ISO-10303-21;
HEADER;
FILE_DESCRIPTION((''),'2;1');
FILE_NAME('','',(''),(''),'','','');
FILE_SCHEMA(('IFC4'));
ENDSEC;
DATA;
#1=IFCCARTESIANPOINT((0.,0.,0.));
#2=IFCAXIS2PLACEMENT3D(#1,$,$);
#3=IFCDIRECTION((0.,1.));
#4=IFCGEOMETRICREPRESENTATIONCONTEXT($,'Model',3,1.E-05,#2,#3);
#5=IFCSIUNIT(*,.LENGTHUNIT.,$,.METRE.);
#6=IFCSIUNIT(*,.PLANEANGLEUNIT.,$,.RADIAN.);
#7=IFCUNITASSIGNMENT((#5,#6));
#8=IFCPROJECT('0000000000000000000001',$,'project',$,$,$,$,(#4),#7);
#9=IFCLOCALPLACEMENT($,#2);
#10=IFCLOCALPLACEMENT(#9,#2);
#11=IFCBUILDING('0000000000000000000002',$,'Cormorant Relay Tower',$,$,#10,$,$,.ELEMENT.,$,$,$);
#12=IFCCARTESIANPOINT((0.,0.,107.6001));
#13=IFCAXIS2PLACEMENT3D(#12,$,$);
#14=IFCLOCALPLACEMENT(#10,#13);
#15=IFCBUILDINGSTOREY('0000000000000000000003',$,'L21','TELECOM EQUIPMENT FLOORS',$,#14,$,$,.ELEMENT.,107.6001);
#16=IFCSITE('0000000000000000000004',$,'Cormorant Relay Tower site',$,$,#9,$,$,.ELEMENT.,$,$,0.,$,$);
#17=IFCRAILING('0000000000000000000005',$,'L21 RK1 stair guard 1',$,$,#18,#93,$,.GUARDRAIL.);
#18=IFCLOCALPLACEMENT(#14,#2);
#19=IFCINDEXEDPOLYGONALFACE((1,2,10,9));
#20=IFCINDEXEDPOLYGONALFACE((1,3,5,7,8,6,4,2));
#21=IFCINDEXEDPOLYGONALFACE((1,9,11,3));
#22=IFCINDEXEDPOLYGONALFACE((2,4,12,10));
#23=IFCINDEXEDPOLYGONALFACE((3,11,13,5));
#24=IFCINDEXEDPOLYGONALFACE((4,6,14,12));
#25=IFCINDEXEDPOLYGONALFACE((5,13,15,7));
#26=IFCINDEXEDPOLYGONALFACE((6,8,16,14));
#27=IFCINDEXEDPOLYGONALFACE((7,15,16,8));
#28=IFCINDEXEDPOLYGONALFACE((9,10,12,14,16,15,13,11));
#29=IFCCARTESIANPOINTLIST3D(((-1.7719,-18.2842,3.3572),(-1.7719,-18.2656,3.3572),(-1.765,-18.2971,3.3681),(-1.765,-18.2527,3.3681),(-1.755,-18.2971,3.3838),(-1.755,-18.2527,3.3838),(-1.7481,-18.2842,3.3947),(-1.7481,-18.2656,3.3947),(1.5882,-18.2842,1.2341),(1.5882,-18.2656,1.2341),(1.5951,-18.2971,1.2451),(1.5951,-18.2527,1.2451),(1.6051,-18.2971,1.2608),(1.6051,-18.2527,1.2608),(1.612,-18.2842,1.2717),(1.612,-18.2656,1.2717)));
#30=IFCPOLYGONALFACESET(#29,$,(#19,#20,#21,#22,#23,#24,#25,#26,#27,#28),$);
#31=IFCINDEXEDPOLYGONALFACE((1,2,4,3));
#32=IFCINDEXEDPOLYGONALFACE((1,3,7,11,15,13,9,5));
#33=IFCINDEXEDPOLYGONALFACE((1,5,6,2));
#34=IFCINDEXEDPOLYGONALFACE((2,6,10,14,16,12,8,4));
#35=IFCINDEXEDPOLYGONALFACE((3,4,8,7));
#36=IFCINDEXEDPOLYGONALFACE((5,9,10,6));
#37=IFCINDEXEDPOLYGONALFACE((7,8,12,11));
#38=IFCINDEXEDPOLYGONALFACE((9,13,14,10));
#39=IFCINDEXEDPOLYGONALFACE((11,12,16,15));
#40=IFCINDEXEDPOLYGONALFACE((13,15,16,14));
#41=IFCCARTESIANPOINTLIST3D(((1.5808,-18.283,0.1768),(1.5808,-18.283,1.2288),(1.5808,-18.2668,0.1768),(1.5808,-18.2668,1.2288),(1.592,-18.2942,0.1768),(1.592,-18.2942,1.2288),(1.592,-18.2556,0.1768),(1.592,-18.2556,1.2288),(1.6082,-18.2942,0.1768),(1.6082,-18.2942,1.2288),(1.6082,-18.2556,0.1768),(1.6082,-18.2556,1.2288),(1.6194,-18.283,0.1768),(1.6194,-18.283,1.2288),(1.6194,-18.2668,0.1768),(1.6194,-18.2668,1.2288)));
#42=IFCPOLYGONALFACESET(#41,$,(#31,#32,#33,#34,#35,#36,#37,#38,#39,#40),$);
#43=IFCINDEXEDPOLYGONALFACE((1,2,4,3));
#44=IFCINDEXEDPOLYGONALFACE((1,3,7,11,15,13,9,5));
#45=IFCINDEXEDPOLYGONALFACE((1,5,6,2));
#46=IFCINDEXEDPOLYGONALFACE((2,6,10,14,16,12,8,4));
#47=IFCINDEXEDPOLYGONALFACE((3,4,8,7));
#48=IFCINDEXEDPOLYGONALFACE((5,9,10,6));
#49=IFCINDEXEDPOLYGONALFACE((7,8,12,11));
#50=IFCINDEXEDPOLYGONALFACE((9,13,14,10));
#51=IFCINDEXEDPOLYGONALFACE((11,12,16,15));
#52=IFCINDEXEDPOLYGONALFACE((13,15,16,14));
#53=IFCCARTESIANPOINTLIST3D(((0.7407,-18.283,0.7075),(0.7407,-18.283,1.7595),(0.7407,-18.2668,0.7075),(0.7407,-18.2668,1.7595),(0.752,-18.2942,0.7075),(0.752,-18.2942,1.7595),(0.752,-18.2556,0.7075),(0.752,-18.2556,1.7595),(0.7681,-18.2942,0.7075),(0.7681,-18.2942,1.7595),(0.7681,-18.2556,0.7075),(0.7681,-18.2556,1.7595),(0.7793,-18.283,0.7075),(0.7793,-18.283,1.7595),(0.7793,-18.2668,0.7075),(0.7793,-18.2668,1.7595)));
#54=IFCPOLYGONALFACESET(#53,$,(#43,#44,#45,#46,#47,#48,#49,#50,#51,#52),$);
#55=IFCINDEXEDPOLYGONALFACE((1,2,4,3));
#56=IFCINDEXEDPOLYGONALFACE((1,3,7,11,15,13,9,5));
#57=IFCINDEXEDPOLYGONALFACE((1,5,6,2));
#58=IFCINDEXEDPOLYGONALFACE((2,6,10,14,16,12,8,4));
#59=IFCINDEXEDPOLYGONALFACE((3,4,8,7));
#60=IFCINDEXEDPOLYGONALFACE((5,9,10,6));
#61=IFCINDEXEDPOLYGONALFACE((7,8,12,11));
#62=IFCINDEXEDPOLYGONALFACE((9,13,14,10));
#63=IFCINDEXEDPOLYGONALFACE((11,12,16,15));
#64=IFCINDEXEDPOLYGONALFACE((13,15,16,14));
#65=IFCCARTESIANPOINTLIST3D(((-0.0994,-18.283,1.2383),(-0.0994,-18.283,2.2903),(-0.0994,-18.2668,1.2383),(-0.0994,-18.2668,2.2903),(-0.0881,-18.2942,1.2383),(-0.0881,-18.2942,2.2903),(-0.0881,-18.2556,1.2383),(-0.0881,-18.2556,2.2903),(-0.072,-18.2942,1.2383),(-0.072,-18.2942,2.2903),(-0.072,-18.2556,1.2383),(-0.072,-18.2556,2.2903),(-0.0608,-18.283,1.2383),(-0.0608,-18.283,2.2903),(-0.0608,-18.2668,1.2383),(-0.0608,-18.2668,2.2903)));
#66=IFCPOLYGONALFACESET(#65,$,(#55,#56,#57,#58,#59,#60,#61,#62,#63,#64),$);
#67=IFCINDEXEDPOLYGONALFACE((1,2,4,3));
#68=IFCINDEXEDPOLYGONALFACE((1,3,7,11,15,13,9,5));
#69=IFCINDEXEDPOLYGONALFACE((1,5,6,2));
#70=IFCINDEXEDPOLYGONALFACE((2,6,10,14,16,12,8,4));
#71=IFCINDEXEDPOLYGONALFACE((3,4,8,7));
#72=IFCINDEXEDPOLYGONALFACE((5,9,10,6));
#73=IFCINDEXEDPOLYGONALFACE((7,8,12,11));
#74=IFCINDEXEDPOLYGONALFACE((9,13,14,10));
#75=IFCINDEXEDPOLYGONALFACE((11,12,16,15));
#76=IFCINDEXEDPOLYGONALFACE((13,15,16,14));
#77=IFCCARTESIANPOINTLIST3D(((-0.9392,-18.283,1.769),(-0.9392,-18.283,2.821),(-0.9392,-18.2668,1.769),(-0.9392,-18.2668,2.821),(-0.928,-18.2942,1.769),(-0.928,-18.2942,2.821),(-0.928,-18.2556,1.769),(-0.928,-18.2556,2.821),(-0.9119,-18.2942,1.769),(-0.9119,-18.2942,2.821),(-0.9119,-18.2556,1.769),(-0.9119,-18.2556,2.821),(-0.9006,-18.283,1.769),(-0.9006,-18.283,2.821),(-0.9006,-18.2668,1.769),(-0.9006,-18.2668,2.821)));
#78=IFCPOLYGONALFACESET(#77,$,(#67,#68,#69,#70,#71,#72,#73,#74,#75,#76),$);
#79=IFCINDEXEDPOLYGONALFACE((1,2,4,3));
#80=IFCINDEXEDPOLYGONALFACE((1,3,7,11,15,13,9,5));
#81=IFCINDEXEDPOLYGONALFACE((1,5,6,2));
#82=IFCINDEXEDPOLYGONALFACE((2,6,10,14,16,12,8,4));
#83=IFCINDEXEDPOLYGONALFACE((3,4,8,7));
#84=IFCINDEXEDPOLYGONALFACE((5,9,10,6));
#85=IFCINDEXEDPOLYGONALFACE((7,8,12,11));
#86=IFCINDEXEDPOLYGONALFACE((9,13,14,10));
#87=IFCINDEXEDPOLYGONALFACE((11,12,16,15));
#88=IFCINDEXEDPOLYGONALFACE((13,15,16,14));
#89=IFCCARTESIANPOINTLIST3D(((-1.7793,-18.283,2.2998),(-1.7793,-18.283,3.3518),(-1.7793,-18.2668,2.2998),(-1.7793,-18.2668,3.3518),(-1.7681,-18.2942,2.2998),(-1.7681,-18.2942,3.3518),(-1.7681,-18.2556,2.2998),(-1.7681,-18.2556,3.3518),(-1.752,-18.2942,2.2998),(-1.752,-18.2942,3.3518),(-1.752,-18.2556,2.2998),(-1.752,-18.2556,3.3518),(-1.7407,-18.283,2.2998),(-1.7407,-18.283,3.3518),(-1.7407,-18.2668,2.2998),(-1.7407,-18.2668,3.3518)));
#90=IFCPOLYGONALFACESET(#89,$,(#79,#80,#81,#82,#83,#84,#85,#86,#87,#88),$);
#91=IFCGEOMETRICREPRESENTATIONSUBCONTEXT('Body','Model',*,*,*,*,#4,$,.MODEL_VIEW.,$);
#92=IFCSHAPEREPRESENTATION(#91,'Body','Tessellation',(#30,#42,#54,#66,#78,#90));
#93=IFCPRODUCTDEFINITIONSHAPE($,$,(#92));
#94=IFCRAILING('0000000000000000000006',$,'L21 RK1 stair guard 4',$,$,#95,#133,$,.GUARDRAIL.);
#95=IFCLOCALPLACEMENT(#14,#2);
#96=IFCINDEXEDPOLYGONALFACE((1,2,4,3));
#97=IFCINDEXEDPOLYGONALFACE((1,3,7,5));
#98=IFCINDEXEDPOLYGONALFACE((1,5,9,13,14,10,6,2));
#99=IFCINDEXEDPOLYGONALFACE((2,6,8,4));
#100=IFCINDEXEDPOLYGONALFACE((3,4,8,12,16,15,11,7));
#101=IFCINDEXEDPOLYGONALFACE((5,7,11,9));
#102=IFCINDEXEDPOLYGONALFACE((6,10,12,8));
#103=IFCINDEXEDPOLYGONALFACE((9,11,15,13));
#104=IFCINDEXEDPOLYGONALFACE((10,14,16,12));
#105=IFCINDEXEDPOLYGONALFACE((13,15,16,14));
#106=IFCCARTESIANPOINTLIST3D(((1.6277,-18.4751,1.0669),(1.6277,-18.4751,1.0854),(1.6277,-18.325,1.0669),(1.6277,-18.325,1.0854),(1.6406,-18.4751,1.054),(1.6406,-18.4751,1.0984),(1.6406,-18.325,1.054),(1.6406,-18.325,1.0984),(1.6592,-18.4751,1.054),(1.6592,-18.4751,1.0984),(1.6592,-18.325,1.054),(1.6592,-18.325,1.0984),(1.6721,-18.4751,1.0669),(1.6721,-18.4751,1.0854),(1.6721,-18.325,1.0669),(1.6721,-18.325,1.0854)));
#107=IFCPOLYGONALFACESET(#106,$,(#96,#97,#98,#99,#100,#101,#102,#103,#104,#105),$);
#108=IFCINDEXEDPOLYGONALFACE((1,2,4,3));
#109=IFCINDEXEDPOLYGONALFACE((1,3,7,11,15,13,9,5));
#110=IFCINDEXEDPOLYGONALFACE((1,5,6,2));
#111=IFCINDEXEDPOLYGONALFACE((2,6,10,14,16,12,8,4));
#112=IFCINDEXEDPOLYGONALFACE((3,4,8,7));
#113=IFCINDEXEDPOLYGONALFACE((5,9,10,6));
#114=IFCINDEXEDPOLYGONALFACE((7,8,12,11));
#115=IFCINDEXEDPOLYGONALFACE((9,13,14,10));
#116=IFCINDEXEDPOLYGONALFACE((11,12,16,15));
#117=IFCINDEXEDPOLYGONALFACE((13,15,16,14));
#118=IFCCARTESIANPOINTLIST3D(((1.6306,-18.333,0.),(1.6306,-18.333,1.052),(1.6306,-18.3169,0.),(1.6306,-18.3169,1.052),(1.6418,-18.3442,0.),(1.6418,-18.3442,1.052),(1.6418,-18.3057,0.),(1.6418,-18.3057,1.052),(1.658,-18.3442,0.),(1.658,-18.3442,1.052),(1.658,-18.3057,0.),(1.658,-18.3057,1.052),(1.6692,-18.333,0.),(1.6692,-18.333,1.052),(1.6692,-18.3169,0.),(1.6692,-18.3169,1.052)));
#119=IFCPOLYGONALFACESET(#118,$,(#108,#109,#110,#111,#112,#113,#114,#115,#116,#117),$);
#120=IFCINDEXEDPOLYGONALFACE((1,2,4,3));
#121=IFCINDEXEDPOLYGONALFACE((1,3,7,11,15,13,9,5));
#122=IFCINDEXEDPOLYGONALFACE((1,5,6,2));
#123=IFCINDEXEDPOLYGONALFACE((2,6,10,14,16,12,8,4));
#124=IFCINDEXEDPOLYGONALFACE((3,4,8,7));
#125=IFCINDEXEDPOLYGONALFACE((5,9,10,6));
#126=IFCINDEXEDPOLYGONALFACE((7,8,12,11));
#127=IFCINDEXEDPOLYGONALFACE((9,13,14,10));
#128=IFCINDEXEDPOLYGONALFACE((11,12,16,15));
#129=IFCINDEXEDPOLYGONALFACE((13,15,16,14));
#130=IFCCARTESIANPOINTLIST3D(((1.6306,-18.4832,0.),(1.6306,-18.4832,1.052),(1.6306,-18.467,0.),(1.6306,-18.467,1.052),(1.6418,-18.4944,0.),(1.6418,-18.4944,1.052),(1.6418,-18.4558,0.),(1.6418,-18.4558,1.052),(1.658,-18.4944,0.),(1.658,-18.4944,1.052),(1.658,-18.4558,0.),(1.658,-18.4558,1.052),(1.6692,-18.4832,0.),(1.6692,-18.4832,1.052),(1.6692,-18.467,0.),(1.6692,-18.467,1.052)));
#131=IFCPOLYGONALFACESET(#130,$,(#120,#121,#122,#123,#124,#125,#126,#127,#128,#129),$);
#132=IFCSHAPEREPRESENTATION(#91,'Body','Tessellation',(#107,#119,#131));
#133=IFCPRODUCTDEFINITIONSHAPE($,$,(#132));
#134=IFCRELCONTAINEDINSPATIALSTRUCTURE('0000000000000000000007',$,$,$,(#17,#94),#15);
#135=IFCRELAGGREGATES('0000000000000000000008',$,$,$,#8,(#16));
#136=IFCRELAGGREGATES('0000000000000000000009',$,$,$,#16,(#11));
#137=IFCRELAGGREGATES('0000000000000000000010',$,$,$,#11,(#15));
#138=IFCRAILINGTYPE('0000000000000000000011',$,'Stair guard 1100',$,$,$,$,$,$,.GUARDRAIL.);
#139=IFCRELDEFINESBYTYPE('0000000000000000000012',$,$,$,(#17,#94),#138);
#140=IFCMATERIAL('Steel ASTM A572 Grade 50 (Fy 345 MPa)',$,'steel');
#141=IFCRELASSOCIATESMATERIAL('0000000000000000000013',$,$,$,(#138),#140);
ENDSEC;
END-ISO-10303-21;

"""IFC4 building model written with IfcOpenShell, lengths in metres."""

from ifc_helpers import new_model, si_unit, direction, frame, origin, place, context, subcontext, project, spatial, polyline, outline, extrude, material, type_object, element, save


model = new_model("IFC4")

# Units and contexts
model_context = context("Model", 3, precision=1e-05, world=origin(), true_north=direction((0.0, 1.0)))
body_context = subcontext(model_context, "Body", "Model", "MODEL_VIEW")
ifc_project = project(units=[si_unit("LENGTHUNIT", "METRE"), si_unit("PLANEANGLEUNIT", "RADIAN")], contexts=[model_context])

# Site, building, storey
site_placement = place(None, origin())
site = spatial("IfcSite", under=ifc_project, at=site_placement, Name="Cormorant Relay Tower site", CompositionType="ELEMENT", RefElevation=0.0)
building_placement = place(site_placement, origin())
building = spatial("IfcBuilding", under=site, at=building_placement, Name="Cormorant Relay Tower", CompositionType="ELEMENT")
storey_placement = place(building_placement, frame((0.0, 0.0, 107.6001)))
storey = spatial("IfcBuildingStorey", under=building, at=storey_placement, Name="L21", Description="TELECOM EQUIPMENT FLOORS", CompositionType="ELEMENT", Elevation=107.6001)

# Railings
ifc_material_1 = material(Name="Steel ASTM A572 Grade 50 (Fy 345 MPa)", Category="steel")
railing_type_1 = type_object("IfcRailingType", Name="Stair guard 1100", PredefinedType="GUARDRAIL", material=ifc_material_1)
railing_1_placement = place(storey_placement, frame((1.6001, -18.2749, 0.1768)))
element("IfcRailing", 1, at=railing_1_placement, inside=storey, type_object=railing_type_1, Name="L21 RK1 stair guard 1", PredefinedType="GUARDRAIL", context=body_context, shape_type="SweptSolid", body=[
    extrude(outline(polyline([(0.0222, 0.0093), (0.0093, 0.0222), (-0.0093, 0.0222), (-0.0222, 0.0093), (-0.0222, -0.0093), (-0.0093, -0.0222), (0.0093, -0.0222), (0.0222, -0.0093), (0.0222, 0.0093)])), frame((0.0, 0.0, 1.0762), z_axis=(-0.84539, 0.0, 0.53415), x_axis=(0.0, -1.0, 0.0)), (0.0, 0.0, 1.0), 3.9746),
    extrude(outline(polyline([(0.0193, 0.0081), (0.0081, 0.0193), (-0.0081, 0.0193), (-0.0193, 0.0081), (-0.0193, -0.0081), (-0.0081, -0.0193), (0.0081, -0.0193), (0.0193, -0.0081), (0.0193, 0.0081)])), origin(), (0.0, 0.0, 1.0), 1.052),
    extrude(outline(polyline([(0.0193, 0.0081), (0.0081, 0.0193), (-0.0081, 0.0193), (-0.0193, 0.0081), (-0.0193, -0.0081), (-0.0081, -0.0193), (0.0081, -0.0193), (0.0193, -0.0081), (0.0193, 0.0081)])), frame((-0.8401, 0.0, 0.5308)), (0.0, 0.0, 1.0), 1.052),
    extrude(outline(polyline([(0.0193, 0.0081), (0.0081, 0.0193), (-0.0081, 0.0193), (-0.0193, 0.0081), (-0.0193, -0.0081), (-0.0081, -0.0193), (0.0081, -0.0193), (0.0193, -0.0081), (0.0193, 0.0081)])), frame((-1.6802, 0.0, 1.0615)), (0.0, 0.0, 1.0), 1.052),
    extrude(outline(polyline([(0.0193, 0.0081), (0.0081, 0.0193), (-0.0081, 0.0193), (-0.0193, 0.0081), (-0.0193, -0.0081), (-0.0081, -0.0193), (0.0081, -0.0193), (0.0193, -0.0081), (0.0193, 0.0081)])), frame((-2.52, 0.0, 1.5923)), (0.0, 0.0, 1.0), 1.052),
    extrude(outline(polyline([(0.0193, 0.0081), (0.0081, 0.0193), (-0.0081, 0.0193), (-0.0193, 0.0081), (-0.0193, -0.0081), (-0.0081, -0.0193), (0.0081, -0.0193), (0.0193, -0.0081), (0.0193, 0.0081)])), frame((-3.3601, 0.0, 2.123)), (0.0, 0.0, 1.0), 1.052),
])
railing_2_placement = place(storey_placement, frame((1.6499, -18.325, 0.0)))
element("IfcRailing", 2, at=railing_2_placement, inside=storey, type_object=railing_type_1, Name="L21 RK1 stair guard 4", PredefinedType="GUARDRAIL", context=body_context, shape_type="SweptSolid", body=[
    extrude(outline(polyline([(0.0222, 0.0093), (0.0093, 0.0222), (-0.0093, 0.0222), (-0.0222, 0.0093), (-0.0222, -0.0093), (-0.0093, -0.0222), (0.0093, -0.0222), (0.0222, -0.0093), (0.0222, 0.0093)])), frame((0.0, 0.0, 1.0762), z_axis=(0.0, -1.0, 0.0), x_axis=(1.0, 0.0, 0.0)), (0.0, 0.0, 1.0), 0.1501),
    extrude(outline(polyline([(0.0193, 0.0081), (0.0081, 0.0193), (-0.0081, 0.0193), (-0.0193, 0.0081), (-0.0193, -0.0081), (-0.0081, -0.0193), (0.0081, -0.0193), (0.0193, -0.0081), (0.0193, 0.0081)])), origin(), (0.0, 0.0, 1.0), 1.052),
    extrude(outline(polyline([(0.0193, 0.0081), (0.0081, 0.0193), (-0.0081, 0.0193), (-0.0193, 0.0081), (-0.0193, -0.0081), (-0.0081, -0.0193), (0.0081, -0.0193), (0.0193, -0.0081), (0.0193, 0.0081)])), frame((0.0, -0.1501, 0.0)), (0.0, 0.0, 1.0), 1.052),
])

save(model, "model.ifc")
